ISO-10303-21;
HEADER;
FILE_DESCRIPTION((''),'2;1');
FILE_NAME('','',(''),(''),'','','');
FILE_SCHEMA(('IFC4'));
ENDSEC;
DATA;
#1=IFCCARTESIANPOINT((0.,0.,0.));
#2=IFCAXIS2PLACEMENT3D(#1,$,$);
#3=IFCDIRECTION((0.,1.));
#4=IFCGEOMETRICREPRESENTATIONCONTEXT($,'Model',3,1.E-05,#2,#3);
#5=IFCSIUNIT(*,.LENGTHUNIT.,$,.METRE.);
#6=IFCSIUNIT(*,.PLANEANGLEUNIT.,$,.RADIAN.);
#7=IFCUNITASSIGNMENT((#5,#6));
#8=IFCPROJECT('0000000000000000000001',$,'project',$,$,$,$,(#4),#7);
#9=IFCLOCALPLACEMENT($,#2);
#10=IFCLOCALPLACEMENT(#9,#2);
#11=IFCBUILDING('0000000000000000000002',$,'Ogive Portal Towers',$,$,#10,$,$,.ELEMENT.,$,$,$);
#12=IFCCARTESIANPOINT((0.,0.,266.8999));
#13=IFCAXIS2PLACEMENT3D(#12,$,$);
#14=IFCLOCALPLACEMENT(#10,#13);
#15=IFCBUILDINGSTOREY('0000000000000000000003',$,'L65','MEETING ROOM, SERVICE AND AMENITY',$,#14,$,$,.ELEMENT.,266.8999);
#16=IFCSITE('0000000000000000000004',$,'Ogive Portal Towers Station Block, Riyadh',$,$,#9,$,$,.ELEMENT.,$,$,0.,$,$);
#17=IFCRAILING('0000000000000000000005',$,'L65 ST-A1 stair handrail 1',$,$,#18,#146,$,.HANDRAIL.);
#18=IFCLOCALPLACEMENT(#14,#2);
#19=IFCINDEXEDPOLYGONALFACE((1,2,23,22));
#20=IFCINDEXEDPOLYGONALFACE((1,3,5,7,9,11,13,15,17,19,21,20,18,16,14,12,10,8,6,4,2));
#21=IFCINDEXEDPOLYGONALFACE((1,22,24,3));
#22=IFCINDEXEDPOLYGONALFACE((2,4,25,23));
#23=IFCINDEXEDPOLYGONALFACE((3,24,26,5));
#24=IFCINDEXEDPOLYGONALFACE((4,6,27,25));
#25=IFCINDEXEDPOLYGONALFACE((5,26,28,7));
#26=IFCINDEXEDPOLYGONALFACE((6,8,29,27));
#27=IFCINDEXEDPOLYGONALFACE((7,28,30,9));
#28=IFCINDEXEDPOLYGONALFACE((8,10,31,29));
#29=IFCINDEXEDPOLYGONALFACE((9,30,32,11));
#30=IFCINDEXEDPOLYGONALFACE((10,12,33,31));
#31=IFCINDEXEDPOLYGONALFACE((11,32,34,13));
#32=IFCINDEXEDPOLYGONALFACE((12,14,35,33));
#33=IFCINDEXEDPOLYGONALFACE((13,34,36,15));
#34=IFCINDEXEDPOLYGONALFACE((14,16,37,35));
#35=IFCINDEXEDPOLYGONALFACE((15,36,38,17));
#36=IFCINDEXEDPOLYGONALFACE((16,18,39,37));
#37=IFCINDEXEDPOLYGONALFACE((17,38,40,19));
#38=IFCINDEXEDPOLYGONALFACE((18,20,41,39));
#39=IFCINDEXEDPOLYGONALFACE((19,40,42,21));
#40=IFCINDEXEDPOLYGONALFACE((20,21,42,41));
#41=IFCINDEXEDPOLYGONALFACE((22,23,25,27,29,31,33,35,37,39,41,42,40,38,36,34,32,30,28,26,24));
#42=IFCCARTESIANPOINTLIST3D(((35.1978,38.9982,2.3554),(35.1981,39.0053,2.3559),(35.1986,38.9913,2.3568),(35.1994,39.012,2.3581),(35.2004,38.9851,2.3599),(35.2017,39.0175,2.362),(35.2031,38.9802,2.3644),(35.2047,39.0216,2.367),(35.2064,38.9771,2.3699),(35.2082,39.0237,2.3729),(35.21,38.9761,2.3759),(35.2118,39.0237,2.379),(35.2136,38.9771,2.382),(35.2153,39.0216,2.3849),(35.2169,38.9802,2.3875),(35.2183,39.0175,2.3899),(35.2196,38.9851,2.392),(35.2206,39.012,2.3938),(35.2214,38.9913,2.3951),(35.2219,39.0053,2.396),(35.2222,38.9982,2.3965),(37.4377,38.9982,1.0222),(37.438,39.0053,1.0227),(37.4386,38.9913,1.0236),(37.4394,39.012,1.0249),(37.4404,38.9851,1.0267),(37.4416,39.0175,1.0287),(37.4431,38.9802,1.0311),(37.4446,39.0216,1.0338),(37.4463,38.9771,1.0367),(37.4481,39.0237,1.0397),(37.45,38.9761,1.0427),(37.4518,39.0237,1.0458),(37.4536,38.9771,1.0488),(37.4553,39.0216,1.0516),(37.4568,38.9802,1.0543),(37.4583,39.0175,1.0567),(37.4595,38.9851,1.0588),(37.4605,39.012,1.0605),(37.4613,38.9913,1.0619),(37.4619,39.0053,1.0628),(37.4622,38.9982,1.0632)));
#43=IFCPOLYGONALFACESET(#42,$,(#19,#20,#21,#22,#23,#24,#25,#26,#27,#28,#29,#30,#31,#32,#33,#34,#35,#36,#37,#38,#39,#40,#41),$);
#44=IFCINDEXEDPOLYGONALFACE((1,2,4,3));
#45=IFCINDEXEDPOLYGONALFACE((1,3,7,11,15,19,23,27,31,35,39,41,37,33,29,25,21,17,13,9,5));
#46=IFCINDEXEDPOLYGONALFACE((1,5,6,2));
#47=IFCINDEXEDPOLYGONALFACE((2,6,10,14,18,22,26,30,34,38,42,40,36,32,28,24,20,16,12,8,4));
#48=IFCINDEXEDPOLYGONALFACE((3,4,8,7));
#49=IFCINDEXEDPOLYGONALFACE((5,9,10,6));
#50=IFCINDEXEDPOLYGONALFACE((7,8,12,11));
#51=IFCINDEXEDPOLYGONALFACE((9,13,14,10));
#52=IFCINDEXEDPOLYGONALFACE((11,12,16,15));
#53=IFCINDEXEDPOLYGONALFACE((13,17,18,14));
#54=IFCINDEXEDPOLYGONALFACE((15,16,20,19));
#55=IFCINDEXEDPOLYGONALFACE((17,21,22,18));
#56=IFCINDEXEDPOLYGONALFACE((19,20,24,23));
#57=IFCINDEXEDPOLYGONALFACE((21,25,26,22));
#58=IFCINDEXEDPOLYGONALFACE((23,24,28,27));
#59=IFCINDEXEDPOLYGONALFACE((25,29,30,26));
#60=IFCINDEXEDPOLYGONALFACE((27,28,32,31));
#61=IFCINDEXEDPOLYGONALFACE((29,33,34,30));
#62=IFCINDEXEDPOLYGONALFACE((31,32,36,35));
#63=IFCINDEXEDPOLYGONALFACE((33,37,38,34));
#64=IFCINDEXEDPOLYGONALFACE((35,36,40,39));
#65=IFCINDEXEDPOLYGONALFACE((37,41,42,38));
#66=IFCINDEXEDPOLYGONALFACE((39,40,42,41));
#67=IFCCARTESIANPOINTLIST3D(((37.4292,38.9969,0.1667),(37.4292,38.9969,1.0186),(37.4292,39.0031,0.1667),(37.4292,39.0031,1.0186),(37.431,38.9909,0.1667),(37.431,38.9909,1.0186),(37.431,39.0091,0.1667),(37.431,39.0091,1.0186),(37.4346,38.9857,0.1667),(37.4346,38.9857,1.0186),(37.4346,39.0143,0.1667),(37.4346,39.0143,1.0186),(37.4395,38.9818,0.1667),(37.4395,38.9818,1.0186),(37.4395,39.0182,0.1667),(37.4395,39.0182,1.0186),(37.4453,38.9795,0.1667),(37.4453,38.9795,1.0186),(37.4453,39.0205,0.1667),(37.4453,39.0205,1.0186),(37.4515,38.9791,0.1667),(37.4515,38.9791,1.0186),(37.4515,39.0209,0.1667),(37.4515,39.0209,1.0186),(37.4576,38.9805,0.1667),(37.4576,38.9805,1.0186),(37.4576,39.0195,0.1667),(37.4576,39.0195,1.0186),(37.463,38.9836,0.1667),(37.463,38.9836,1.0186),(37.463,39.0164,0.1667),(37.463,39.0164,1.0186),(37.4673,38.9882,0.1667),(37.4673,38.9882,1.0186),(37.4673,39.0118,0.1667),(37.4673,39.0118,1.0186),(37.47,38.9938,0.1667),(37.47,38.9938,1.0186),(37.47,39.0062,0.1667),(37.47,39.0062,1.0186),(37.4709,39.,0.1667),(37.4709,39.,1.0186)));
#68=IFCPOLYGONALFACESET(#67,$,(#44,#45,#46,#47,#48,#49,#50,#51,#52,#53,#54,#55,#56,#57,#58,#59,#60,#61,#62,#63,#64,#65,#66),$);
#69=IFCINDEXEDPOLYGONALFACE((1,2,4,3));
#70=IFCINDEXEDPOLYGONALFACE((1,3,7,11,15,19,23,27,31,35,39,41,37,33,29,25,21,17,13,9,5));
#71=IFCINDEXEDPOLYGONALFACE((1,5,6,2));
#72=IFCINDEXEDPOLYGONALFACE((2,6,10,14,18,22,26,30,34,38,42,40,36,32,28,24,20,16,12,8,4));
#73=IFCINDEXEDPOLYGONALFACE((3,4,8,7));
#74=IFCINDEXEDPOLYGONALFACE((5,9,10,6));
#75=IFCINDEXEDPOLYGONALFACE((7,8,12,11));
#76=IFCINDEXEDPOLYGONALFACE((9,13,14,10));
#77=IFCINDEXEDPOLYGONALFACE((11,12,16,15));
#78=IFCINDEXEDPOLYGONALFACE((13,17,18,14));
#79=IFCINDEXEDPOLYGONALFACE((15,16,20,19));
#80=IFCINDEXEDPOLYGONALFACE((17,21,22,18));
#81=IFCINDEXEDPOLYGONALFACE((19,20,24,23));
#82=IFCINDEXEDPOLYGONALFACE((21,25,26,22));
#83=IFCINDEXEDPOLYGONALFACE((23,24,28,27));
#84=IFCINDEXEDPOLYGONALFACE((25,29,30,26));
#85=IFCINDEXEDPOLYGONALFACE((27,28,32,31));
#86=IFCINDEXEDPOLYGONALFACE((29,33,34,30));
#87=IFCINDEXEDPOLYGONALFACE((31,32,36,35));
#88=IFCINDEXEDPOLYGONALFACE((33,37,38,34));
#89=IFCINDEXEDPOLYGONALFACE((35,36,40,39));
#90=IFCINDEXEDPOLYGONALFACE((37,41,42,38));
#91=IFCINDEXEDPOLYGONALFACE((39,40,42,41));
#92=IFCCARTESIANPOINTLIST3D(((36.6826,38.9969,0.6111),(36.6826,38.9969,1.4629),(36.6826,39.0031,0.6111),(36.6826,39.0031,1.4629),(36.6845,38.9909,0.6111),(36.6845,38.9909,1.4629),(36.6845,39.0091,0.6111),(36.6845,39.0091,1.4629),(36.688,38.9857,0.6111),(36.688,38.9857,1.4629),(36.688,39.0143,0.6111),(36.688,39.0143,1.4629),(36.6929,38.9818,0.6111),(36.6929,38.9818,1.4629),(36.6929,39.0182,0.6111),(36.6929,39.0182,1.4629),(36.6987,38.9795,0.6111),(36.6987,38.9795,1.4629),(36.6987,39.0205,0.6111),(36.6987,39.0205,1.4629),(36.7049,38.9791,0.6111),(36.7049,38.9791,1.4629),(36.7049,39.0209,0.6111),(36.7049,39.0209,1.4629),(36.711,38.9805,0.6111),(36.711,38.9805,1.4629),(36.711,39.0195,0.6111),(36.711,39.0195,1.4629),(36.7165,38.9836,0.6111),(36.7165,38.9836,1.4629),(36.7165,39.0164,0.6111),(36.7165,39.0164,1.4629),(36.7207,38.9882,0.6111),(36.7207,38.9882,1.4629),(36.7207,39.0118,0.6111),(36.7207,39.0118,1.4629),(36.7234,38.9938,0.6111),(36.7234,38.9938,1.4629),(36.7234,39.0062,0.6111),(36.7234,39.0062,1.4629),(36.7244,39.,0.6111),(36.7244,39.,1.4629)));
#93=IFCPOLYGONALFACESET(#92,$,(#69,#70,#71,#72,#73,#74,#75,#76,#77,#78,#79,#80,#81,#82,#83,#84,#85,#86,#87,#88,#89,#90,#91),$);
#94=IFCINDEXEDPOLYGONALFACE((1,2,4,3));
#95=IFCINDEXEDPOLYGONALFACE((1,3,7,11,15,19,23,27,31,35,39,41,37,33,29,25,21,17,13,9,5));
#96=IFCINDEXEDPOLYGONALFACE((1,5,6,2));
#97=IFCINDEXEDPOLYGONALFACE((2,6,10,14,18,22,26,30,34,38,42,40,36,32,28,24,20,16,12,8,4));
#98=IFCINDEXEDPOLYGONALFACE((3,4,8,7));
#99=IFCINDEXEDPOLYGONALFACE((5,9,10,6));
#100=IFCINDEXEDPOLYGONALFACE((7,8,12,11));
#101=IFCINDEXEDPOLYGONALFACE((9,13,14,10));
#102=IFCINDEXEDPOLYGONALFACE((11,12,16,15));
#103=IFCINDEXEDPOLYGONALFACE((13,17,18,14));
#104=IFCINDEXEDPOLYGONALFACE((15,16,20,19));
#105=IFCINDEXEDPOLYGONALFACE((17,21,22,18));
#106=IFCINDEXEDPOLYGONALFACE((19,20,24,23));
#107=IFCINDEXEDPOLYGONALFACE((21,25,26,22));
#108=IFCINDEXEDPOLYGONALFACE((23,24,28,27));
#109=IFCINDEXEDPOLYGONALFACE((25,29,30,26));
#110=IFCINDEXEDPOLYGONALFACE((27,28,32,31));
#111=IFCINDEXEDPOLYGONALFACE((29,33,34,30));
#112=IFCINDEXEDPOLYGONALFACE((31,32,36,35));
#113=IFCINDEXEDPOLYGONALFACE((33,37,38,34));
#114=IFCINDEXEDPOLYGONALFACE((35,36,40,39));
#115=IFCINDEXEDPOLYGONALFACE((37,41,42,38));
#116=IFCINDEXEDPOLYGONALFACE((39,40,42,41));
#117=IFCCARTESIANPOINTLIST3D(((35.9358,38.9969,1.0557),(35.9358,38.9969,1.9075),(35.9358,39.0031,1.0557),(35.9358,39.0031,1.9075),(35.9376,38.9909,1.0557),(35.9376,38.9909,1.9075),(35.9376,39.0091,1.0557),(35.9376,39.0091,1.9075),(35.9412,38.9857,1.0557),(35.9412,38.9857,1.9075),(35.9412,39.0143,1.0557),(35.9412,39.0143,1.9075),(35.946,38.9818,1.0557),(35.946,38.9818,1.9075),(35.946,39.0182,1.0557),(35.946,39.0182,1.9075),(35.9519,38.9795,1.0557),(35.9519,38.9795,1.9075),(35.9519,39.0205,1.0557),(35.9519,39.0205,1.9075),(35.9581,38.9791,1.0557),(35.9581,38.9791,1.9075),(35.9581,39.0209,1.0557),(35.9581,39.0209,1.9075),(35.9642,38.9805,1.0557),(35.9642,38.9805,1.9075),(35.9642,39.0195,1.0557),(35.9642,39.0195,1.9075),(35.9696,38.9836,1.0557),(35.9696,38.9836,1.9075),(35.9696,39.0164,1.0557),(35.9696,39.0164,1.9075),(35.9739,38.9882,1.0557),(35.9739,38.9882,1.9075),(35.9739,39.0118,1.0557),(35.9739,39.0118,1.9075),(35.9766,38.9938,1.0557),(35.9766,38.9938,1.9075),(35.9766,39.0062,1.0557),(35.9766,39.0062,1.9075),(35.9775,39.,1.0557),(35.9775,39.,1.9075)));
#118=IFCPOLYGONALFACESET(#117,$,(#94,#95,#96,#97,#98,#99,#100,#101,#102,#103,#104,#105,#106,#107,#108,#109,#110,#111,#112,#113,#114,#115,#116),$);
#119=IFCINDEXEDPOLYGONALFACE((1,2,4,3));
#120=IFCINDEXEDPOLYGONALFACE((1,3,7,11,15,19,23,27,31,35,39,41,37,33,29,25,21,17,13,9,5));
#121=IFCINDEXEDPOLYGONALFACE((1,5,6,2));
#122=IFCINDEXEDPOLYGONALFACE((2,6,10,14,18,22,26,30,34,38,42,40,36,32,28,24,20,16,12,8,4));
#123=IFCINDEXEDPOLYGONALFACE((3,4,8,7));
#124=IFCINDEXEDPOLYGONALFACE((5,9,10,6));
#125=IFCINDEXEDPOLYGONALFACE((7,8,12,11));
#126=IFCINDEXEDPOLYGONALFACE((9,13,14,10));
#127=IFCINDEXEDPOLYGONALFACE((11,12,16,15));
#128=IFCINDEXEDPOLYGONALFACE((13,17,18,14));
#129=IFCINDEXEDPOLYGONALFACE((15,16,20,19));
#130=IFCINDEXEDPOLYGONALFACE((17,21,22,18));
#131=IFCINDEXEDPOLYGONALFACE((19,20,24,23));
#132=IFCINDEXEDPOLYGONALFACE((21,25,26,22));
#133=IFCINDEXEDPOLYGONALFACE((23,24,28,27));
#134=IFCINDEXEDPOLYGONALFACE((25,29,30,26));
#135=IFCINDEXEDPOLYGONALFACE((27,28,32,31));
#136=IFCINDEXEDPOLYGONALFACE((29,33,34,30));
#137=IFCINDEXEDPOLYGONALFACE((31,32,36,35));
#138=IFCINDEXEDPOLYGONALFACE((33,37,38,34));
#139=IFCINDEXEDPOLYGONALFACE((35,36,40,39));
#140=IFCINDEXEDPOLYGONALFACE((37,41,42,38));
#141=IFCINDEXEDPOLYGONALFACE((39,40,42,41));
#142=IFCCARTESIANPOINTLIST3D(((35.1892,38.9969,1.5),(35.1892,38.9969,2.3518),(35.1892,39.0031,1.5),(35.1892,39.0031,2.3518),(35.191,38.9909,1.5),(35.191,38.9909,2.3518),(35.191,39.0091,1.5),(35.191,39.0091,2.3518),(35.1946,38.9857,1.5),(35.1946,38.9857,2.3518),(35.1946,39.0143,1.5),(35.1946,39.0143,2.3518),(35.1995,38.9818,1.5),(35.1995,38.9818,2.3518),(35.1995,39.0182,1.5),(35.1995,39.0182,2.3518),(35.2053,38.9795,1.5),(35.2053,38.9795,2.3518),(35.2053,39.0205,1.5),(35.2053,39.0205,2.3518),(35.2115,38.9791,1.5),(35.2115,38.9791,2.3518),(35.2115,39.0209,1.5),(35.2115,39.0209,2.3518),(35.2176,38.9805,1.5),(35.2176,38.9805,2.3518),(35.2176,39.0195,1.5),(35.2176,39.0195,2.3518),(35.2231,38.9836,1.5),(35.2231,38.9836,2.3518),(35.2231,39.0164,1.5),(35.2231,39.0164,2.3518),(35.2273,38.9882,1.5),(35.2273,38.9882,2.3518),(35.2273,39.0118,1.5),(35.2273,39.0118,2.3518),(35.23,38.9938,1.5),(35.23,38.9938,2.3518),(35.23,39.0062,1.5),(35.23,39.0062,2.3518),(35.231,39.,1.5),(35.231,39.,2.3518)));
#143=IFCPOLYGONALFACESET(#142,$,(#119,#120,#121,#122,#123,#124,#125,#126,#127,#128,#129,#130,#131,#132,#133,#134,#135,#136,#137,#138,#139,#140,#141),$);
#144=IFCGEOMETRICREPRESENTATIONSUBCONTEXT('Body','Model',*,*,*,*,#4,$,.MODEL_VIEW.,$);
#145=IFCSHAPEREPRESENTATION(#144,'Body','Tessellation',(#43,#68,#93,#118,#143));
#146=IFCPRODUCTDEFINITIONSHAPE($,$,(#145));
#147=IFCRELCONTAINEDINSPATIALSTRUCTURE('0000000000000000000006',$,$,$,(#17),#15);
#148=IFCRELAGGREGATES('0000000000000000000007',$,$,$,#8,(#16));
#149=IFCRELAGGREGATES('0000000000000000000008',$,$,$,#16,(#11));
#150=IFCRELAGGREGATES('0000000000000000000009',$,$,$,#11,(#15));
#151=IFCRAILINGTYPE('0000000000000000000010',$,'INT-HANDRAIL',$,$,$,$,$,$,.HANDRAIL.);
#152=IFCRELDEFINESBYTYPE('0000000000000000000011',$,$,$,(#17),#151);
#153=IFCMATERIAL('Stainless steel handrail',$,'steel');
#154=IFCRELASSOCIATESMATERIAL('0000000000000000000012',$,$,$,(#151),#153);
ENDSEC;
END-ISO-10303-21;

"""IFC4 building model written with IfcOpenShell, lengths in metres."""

from ifc_helpers import new_model, si_unit, direction, frame, origin, origin_2d, place, context, subcontext, project, spatial, circle, extrude, material, type_object, element, save


model = new_model("IFC4")

# Units and contexts
model_context = context("Model", 3, precision=1e-05, world=origin(), true_north=direction((0.0, 1.0)))
body_context = subcontext(model_context, "Body", "Model", "MODEL_VIEW")
ifc_project = project(units=[si_unit("LENGTHUNIT", "METRE"), si_unit("PLANEANGLEUNIT", "RADIAN")], contexts=[model_context])

# Site, building, storey
site_placement = place(None, origin())
site = spatial("IfcSite", under=ifc_project, at=site_placement, Name="Ogive Portal Towers Station Block, Riyadh", CompositionType="ELEMENT", RefElevation=0.0)
building_placement = place(site_placement, origin())
building = spatial("IfcBuilding", under=site, at=building_placement, Name="Ogive Portal Towers", CompositionType="ELEMENT")
storey_placement = place(building_placement, frame((0.0, 0.0, 266.8999)))
storey = spatial("IfcBuildingStorey", under=building, at=storey_placement, Name="L65", Description="MEETING ROOM, SERVICE AND AMENITY", CompositionType="ELEMENT", Elevation=266.8999)

# Railing
ifc_material_1 = material(Name="Stainless steel handrail", Category="steel")
railing_type_1 = type_object("IfcRailingType", Name="INT-HANDRAIL", PredefinedType="HANDRAIL", material=ifc_material_1)
for number, where, name in (
    (1, (37.45, 39.0, 0.1667), "L65 ST-A1 stair handrail 1"),
):
    element("IfcRailing", number, at=place(storey_placement, frame(where)), inside=storey, type_object=railing_type_1, Name=name, PredefinedType="HANDRAIL", context=body_context, shape_type="SweptSolid", body=[
        extrude(circle(Radius=0.0239, at=origin_2d()), frame((0.0, 0.0, 0.876), z_axis=(-0.859306, 0.0, 0.511462), x_axis=(0.0, -1.0, 0.0)), (0.0, 0.0, 1.0), 2.6067),
        extrude(circle(Radius=0.021, at=origin_2d()), origin(), (0.0, 0.0, 1.0), 0.8518),
        extrude(circle(Radius=0.021, at=origin_2d()), frame((-0.7466, 0.0, 0.4443)), (0.0, 0.0, 1.0), 0.8518),
        extrude(circle(Radius=0.021, at=origin_2d()), frame((-1.4934, 0.0, 0.8889)), (0.0, 0.0, 1.0), 0.8518),
        extrude(circle(Radius=0.021, at=origin_2d()), frame((-2.24, 0.0, 1.3333)), (0.0, 0.0, 1.0), 0.8518),
    ])

save(model, "model.ifc")
